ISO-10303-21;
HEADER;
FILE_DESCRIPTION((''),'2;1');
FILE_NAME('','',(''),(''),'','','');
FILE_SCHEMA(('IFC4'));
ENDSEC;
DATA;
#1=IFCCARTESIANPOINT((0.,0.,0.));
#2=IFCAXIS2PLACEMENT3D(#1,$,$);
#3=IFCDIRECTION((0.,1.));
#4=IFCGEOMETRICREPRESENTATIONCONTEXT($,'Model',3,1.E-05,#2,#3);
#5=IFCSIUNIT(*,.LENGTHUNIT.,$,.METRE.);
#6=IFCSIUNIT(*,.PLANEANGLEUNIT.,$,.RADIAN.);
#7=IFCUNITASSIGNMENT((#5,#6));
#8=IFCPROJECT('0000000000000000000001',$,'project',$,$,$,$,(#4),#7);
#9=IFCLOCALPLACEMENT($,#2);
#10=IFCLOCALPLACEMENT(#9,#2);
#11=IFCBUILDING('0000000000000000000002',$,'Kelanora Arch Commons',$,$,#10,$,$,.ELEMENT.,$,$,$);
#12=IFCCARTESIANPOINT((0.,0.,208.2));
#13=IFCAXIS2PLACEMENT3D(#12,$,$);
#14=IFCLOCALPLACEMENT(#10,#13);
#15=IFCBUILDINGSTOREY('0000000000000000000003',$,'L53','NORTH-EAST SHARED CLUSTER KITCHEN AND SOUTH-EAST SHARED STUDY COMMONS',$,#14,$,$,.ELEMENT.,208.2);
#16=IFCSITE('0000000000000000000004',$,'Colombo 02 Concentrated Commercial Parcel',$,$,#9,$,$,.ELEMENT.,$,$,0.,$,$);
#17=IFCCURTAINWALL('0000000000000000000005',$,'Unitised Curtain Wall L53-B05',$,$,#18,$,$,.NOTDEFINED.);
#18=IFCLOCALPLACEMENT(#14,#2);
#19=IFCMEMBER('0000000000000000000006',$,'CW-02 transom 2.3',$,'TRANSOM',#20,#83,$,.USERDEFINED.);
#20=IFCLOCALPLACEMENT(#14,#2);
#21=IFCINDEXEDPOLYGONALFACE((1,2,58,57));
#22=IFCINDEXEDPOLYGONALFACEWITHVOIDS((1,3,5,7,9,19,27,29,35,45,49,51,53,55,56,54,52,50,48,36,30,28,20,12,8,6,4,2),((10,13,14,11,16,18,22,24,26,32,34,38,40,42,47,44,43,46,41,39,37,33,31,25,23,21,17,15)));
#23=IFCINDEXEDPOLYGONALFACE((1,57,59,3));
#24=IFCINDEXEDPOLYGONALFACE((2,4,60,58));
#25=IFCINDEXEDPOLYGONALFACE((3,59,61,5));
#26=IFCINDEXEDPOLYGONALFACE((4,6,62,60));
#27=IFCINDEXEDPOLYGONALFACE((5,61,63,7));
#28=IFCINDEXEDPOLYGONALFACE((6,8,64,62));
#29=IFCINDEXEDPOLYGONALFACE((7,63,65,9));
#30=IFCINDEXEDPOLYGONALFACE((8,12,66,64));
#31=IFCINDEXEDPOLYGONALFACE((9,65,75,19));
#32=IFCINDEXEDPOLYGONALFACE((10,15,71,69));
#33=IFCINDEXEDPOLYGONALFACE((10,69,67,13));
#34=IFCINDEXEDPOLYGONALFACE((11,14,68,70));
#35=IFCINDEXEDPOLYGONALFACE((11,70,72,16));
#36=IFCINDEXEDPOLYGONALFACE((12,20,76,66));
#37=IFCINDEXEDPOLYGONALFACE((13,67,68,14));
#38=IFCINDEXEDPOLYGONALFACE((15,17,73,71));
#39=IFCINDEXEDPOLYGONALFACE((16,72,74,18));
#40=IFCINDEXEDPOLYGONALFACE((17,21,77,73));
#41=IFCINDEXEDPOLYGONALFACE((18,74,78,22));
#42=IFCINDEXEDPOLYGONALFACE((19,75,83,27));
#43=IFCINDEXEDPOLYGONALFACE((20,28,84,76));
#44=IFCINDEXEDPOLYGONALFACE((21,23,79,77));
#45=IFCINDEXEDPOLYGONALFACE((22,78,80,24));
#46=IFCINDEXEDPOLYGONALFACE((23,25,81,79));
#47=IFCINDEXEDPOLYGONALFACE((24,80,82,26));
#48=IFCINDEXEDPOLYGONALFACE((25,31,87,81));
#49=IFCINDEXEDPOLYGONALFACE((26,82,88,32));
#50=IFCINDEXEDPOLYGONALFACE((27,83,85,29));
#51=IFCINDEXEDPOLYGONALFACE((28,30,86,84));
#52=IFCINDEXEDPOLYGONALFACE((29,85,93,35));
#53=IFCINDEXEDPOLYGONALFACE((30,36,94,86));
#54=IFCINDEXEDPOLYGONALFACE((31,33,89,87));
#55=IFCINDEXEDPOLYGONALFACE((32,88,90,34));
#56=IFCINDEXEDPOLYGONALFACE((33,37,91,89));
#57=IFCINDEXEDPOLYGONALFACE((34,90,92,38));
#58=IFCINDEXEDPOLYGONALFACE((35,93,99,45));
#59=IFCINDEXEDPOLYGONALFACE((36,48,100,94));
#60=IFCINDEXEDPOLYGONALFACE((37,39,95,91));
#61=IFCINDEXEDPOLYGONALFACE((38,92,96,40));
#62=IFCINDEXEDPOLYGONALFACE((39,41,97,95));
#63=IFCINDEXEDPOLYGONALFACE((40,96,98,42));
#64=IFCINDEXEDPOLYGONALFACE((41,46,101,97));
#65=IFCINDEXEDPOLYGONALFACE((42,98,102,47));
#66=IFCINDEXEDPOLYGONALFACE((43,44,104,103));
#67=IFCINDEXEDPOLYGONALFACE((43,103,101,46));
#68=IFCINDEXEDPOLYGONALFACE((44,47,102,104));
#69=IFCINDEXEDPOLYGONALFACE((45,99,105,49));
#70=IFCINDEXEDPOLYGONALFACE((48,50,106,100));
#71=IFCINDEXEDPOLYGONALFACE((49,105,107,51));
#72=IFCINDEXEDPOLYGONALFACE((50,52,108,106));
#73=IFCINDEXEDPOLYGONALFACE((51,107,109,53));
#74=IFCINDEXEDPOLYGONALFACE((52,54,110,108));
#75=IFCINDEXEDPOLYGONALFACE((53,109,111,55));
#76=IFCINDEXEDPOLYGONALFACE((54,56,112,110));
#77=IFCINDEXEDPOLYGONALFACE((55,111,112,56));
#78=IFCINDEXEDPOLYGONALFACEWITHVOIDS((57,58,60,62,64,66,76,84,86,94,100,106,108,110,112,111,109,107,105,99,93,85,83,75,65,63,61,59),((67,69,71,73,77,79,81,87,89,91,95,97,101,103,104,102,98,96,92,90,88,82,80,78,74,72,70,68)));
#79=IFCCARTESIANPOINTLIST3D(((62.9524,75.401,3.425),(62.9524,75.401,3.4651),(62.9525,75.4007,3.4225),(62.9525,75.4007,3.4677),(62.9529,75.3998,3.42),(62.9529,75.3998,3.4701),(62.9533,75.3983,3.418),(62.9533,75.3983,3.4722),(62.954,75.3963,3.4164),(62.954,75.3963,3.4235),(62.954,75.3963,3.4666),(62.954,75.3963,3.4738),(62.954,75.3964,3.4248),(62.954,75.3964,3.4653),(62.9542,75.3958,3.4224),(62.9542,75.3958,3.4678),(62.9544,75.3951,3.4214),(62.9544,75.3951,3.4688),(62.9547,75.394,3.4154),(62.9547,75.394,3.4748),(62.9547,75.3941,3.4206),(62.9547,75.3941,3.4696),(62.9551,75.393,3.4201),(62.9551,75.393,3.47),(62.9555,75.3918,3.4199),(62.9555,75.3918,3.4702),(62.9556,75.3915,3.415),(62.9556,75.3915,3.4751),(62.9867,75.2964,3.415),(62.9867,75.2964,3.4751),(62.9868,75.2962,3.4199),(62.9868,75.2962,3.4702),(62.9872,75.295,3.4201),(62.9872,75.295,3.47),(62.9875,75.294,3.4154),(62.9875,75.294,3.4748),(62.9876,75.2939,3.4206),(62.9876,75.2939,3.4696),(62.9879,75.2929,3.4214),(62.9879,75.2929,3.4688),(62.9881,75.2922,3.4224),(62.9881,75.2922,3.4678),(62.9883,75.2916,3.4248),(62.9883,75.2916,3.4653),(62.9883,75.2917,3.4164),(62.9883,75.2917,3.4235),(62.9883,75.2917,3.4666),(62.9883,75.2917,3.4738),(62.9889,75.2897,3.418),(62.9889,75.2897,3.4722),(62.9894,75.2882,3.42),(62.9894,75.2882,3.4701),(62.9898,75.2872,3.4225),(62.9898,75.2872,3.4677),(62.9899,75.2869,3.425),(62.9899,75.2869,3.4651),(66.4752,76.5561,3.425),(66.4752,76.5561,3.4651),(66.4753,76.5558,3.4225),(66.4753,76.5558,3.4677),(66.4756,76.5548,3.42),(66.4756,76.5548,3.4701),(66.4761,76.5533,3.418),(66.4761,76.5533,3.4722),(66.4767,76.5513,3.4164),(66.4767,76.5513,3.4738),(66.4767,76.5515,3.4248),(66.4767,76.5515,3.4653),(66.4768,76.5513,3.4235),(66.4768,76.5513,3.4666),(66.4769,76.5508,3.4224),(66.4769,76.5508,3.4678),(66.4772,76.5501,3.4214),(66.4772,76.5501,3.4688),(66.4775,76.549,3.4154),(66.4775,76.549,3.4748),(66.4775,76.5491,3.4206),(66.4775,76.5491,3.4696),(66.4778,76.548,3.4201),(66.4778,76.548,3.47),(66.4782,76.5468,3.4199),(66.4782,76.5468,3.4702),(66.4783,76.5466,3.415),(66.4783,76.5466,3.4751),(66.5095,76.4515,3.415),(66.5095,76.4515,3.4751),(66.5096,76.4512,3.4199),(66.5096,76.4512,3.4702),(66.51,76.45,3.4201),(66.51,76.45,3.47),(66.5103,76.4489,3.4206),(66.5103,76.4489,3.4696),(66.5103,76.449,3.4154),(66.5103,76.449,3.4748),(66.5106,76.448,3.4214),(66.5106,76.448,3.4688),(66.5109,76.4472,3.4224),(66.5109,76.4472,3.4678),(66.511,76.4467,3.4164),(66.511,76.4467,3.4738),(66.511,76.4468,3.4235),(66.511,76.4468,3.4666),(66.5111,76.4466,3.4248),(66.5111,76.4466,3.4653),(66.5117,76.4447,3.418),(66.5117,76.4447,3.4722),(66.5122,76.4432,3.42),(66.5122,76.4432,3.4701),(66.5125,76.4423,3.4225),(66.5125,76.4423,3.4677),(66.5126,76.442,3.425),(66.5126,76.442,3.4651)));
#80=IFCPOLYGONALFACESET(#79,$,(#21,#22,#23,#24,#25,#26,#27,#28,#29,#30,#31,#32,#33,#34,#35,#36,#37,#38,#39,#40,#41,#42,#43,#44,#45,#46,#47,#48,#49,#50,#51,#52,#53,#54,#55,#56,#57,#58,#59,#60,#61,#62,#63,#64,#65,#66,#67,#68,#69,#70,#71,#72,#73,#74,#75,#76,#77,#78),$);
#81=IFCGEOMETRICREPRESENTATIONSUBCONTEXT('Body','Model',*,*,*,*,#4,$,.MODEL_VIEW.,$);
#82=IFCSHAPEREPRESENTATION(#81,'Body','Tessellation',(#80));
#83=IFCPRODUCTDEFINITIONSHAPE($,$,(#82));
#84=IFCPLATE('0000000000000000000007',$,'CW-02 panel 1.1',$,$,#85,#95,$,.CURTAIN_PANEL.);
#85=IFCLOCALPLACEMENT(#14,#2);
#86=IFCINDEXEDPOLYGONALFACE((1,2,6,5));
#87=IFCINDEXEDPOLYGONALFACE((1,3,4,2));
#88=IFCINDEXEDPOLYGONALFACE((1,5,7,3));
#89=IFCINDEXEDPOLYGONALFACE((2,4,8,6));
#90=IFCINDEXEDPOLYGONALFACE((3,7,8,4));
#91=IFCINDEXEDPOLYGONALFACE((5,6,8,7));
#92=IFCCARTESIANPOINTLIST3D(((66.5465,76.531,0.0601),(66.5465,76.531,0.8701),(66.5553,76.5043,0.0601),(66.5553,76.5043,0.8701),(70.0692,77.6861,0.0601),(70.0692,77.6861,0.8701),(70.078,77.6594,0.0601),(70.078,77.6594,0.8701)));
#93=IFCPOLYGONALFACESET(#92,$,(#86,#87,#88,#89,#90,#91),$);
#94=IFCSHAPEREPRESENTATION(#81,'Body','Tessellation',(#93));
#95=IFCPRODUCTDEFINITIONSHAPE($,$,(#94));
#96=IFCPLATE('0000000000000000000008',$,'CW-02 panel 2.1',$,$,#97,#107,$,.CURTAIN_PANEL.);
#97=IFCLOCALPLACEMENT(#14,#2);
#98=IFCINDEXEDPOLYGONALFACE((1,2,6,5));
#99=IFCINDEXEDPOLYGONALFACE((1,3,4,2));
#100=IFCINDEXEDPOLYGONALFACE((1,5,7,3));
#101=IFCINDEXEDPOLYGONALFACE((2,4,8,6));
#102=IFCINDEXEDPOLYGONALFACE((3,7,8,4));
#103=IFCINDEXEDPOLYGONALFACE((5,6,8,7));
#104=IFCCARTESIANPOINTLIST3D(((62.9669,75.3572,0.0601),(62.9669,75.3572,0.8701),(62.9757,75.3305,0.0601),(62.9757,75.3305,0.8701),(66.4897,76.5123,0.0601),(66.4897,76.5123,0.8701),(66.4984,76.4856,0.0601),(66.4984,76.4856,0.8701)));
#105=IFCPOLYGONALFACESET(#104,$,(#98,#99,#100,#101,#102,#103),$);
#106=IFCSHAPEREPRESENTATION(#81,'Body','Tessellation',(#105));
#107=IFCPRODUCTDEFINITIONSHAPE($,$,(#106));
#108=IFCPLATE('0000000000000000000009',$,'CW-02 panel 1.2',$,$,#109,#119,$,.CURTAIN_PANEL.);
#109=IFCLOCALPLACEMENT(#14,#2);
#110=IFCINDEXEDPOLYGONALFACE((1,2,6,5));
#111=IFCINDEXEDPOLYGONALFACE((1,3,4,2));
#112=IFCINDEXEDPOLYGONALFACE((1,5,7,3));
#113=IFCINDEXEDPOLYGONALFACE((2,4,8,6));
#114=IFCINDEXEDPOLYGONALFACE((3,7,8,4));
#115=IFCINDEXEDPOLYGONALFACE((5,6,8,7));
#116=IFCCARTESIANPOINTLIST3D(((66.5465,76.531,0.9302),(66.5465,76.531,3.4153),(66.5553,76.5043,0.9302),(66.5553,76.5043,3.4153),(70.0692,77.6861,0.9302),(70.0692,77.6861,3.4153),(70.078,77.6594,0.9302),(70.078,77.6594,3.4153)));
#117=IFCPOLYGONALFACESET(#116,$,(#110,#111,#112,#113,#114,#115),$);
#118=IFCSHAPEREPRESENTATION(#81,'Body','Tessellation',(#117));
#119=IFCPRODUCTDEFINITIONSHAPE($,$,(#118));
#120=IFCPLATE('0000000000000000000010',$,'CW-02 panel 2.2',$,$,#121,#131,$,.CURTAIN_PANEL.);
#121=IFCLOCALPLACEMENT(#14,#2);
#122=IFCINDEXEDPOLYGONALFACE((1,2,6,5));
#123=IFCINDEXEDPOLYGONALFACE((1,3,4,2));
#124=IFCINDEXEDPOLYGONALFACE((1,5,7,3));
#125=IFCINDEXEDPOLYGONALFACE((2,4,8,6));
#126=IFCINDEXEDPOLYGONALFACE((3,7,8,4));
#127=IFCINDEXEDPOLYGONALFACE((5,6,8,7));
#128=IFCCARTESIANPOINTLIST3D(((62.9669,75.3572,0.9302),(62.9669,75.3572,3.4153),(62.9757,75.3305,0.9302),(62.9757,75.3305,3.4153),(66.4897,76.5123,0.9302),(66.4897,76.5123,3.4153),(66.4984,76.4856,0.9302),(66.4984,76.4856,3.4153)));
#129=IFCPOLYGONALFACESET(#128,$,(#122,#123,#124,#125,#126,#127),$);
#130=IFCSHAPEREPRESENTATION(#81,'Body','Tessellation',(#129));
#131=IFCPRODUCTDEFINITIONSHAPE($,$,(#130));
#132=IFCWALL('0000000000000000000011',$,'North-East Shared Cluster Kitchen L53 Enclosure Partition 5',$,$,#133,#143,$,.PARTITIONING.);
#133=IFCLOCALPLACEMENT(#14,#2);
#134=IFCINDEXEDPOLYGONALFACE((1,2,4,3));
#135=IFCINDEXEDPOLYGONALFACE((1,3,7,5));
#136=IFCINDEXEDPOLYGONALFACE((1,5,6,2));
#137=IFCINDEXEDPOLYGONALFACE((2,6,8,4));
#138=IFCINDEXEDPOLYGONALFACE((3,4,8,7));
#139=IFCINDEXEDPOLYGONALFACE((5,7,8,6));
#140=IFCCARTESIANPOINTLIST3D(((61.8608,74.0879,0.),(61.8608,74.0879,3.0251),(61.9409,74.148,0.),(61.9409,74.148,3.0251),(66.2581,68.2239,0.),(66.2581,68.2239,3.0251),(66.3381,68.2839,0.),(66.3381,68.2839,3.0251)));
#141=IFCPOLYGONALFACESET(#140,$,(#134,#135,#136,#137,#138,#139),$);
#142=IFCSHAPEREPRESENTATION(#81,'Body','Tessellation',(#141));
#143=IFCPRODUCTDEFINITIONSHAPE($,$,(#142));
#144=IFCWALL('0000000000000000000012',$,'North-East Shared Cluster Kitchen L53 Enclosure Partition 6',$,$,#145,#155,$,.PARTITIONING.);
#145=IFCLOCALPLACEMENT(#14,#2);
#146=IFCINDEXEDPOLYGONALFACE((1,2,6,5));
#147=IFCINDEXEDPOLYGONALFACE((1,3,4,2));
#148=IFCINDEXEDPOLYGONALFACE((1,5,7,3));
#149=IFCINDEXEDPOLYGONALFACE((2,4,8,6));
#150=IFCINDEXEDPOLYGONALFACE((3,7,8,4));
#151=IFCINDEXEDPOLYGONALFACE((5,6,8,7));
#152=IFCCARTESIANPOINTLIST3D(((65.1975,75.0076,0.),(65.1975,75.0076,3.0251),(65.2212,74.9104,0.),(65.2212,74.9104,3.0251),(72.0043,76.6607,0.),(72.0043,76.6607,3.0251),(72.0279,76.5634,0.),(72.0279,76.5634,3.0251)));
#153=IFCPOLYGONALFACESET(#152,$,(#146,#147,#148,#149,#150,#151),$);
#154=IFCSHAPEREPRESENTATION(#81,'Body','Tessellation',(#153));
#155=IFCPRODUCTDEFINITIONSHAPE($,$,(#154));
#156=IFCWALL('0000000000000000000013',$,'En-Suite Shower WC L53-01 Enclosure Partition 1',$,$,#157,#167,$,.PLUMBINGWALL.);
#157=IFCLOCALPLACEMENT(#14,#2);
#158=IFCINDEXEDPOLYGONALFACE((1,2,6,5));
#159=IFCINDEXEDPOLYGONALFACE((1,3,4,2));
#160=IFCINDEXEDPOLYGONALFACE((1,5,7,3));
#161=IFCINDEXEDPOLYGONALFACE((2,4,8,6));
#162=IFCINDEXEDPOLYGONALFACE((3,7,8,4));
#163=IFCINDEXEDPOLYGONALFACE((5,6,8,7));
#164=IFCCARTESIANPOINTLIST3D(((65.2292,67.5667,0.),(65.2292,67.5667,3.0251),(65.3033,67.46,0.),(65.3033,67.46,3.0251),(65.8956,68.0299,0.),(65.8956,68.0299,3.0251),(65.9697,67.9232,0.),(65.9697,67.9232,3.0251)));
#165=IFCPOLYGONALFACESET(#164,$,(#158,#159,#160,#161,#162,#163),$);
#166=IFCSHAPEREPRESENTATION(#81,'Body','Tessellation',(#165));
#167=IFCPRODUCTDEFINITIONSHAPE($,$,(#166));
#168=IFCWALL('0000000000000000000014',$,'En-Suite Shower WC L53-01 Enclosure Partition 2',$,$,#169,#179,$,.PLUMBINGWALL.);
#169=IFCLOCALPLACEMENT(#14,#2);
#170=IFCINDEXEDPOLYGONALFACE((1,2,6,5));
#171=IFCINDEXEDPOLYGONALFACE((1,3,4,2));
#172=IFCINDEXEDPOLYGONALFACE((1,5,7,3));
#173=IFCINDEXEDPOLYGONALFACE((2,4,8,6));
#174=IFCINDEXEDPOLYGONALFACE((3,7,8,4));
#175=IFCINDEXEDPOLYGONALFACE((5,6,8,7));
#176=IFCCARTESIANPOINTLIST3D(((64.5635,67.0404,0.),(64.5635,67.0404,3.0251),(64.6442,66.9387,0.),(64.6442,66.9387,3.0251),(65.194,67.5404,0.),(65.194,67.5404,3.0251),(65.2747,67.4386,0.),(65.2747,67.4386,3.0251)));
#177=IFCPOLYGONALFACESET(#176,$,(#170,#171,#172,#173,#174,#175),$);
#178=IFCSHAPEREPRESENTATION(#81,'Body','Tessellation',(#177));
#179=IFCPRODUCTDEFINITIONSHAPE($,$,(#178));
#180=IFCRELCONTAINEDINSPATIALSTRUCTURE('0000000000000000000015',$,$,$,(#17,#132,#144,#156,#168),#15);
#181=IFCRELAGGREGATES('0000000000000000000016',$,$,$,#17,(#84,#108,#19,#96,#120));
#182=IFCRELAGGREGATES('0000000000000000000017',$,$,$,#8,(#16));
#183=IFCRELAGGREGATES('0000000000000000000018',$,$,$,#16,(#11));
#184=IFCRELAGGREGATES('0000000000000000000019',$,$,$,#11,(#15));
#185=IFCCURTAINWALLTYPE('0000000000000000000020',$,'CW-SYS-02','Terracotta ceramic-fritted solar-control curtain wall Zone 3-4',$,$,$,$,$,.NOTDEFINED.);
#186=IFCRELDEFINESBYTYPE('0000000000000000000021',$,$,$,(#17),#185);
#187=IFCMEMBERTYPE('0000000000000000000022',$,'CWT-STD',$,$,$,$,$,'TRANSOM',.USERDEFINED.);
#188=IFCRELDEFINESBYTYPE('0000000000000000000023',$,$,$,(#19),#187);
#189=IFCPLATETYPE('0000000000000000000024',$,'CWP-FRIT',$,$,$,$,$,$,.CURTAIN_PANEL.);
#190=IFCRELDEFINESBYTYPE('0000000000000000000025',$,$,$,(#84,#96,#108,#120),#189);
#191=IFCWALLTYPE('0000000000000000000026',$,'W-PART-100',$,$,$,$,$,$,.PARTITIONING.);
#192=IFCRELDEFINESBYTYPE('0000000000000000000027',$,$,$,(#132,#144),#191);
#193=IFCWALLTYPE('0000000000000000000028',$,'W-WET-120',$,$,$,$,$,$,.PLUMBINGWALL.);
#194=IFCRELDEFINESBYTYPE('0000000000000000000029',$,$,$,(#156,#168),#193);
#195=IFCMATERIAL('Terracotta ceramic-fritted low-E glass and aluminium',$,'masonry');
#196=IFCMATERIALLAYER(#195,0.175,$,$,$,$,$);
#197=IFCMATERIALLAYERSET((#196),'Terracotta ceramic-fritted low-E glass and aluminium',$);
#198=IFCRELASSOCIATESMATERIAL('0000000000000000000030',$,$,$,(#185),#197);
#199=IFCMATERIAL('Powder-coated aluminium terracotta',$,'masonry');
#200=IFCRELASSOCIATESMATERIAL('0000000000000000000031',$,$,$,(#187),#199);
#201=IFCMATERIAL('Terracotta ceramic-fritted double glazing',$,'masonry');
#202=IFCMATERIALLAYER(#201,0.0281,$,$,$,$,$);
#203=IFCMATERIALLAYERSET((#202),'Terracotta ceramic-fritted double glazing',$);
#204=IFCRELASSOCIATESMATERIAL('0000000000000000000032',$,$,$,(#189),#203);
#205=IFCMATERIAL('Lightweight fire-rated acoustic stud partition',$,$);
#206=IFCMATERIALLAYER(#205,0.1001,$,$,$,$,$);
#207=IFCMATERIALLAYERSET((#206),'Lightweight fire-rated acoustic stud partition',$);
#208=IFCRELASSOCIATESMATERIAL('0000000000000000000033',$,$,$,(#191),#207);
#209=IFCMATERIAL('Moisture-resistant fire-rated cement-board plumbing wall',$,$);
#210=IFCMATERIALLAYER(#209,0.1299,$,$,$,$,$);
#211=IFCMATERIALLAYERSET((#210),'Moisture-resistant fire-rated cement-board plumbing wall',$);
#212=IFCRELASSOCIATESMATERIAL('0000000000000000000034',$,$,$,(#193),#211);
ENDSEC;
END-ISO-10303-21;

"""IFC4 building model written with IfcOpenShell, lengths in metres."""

from ifc_helpers import new_model, si_unit, direction, frame, frame_2d, origin, origin_2d, place, context, subcontext, project, spatial, rectangle, hollow_rectangle, extrude, source, transform, mapped, material, layer, layer_set, material_profile, profile_set, type_object, element, aggregate, save


model = new_model("IFC4")

# Units and contexts
model_context = context("Model", 3, precision=1e-05, world=origin(), true_north=direction((0.0, 1.0)))
body_context = subcontext(model_context, "Body", "Model", "MODEL_VIEW")
ifc_project = project(units=[si_unit("LENGTHUNIT", "METRE"), si_unit("PLANEANGLEUNIT", "RADIAN")], contexts=[model_context])

# Site, building, storey
site_placement = place(None, origin())
site = spatial("IfcSite", under=ifc_project, at=site_placement, Name="Colombo 02 Concentrated Commercial Parcel", CompositionType="ELEMENT", RefElevation=0.0)
building_placement = place(site_placement, origin())
building = spatial("IfcBuilding", under=site, at=building_placement, Name="Kelanora Arch Commons", CompositionType="ELEMENT")
storey_placement = place(building_placement, frame((0.0, 0.0, 208.2)))
storey = spatial("IfcBuildingStorey", under=building, at=storey_placement, Name="L53", Description="NORTH-EAST SHARED CLUSTER KITCHEN AND SOUTH-EAST SHARED STUDY COMMONS", CompositionType="ELEMENT", Elevation=208.2)

# Curtain wall, member, plates
ifc_material_1 = material(Name="Terracotta ceramic-fritted low-E glass and aluminium", Category="masonry")
ifc_layer_1 = layer(ifc_material_1, 0.175)
ifc_layer_set_1 = layer_set([ifc_layer_1], Name="Terracotta ceramic-fritted low-E glass and aluminium")
curtain_wall_type = type_object("IfcCurtainWallType", Name="CW-SYS-02", Description="Terracotta ceramic-fritted solar-control curtain wall Zone 3-4", PredefinedType="NOTDEFINED", material=ifc_layer_set_1)
curtain_wall_placement = place(storey_placement, origin())
curtain_wall = element("IfcCurtainWall", 1, at=curtain_wall_placement, inside=storey, type_object=curtain_wall_type, Name="Unitised Curtain Wall L53-B05", PredefinedType="NOTDEFINED")
ifc_material_2 = material(Name="Powder-coated aluminium terracotta", Category="masonry")
ifc_material_profile_1 = material_profile(ifc_material_2, hollow_rectangle(XDim=0.1201, YDim=0.0601, WallThickness=0.0049, InnerFilletRadius=0.0049, OuterFilletRadius=0.01, at=origin_2d()), Name="CWT120x60")
ifc_profile_set_1 = profile_set([ifc_material_profile_1], Name="Powder-coated aluminium terracotta")
member_type_1 = type_object("IfcMemberType", Name="CWT-STD", ElementType="TRANSOM", PredefinedType="USERDEFINED", material=ifc_profile_set_1)
member_1_placement = place(storey_placement, frame((66.4939, 76.499, 3.4451), z_axis=(-0.950226, -0.311561, 0.0), x_axis=(0.311561, -0.950226, 0.0)))
member_1 = element("IfcMember", 2, at=member_1_placement, type_object=member_type_1, Name="CW-02 transom 2.3", ObjectType="TRANSOM", PredefinedType="USERDEFINED", context=body_context, shape_type="SweptSolid", body=[
    extrude(hollow_rectangle(XDim=0.1201, YDim=0.0601, WallThickness=0.0049, InnerFilletRadius=0.0049, OuterFilletRadius=0.01, at=origin_2d()), origin(), (0.0, 0.0, 1.0), 3.7073),
])
ifc_material_3 = material(Name="Terracotta ceramic-fritted double glazing", Category="masonry")
ifc_layer_2 = layer(ifc_material_3, 0.0281)
ifc_layer_set_2 = layer_set([ifc_layer_2], Name="Terracotta ceramic-fritted double glazing")
plate_type = type_object("IfcPlateType", Name="CWP-FRIT", PredefinedType="CURTAIN_PANEL", material=ifc_layer_set_2)
shared_shape_1 = source(origin(), body_context, "Body", "SweptSolid", [
    extrude(rectangle(XDim=3.7073, YDim=0.0281, at=origin_2d()), origin(), (0.0, 0.0, 1.0), 0.8101),
])
plate_1_placement = place(storey_placement, frame((68.3123, 77.0952, 0.0601), z_axis=(0.0, 0.0, 1.0), x_axis=(-0.950219, -0.311582, 0.0)))
plate_1 = element("IfcPlate", 3, at=plate_1_placement, type_object=plate_type, Name="CW-02 panel 1.1", PredefinedType="CURTAIN_PANEL", context=body_context, shape_type="MappedRepresentation", body=[
    mapped(shared_shape_1, transform((0.0, 0.0, 0.0), scale=1.0)),
])
plate_2_placement = place(storey_placement, frame((64.7327, 75.9214, 0.0601), z_axis=(0.0, 0.0, 1.0), x_axis=(-0.950219, -0.311582, 0.0)))
plate_2 = element("IfcPlate", 4, at=plate_2_placement, type_object=plate_type, Name="CW-02 panel 2.1", PredefinedType="CURTAIN_PANEL", context=body_context, shape_type="MappedRepresentation", body=[
    mapped(shared_shape_1, transform((0.0, 0.0, 0.0), scale=1.0)),
])
shared_shape_2 = source(origin(), body_context, "Body", "SweptSolid", [
    extrude(rectangle(XDim=3.7073, YDim=0.0281, at=origin_2d()), origin(), (0.0, 0.0, 1.0), 2.4851),
])
plate_3_placement = place(storey_placement, frame((68.3123, 77.0952, 0.9302), z_axis=(0.0, 0.0, 1.0), x_axis=(-0.950219, -0.311582, 0.0)))
plate_3 = element("IfcPlate", 5, at=plate_3_placement, type_object=plate_type, Name="CW-02 panel 1.2", PredefinedType="CURTAIN_PANEL", context=body_context, shape_type="MappedRepresentation", body=[
    mapped(shared_shape_2, transform((0.0, 0.0, 0.0), scale=1.0)),
])
plate_4_placement = place(storey_placement, frame((64.7327, 75.9214, 0.9302), z_axis=(0.0, 0.0, 1.0), x_axis=(-0.950219, -0.311582, 0.0)))
plate_4 = element("IfcPlate", 6, at=plate_4_placement, type_object=plate_type, Name="CW-02 panel 2.2", PredefinedType="CURTAIN_PANEL", context=body_context, shape_type="MappedRepresentation", body=[
    mapped(shared_shape_2, transform((0.0, 0.0, 0.0), scale=1.0)),
])
aggregate(curtain_wall, [plate_1, plate_3, member_1, plate_2, plate_4])

# Walls
ifc_material_4 = material(Name="Lightweight fire-rated acoustic stud partition")
ifc_layer_3 = layer(ifc_material_4, 0.1001)
ifc_layer_set_3 = layer_set([ifc_layer_3], Name="Lightweight fire-rated acoustic stud partition")
wall_type_1 = type_object("IfcWallType", Name="W-PART-100", PredefinedType="PARTITIONING", material=ifc_layer_set_3)
wall_1_placement = place(storey_placement, frame((66.2981, 68.2539, 0.0), z_axis=(0.0, 0.0, 1.0), x_axis=(-0.599931, 0.800052, 0.0)))
element("IfcWall", 7, at=wall_1_placement, inside=storey, type_object=wall_type_1, Name="North-East Shared Cluster Kitchen L53 Enclosure Partition 5", PredefinedType="PARTITIONING", context=body_context, shape_type="SweptSolid", body=[
    extrude(rectangle(XDim=7.3296, YDim=0.1001, at=frame_2d((3.6648, 0.0))), origin(), (0.0, 0.0, 1.0), 3.0251),
])
wall_2_placement = place(storey_placement, frame((65.2092, 74.959, 0.0), z_axis=(0.0, 0.0, 1.0), x_axis=(0.971755, 0.235994, 0.0)))
element("IfcWall", 8, at=wall_2_placement, inside=storey, type_object=wall_type_1, Name="North-East Shared Cluster Kitchen L53 Enclosure Partition 6", PredefinedType="PARTITIONING", context=body_context, shape_type="SweptSolid", body=[
    extrude(rectangle(XDim=7.0046, YDim=0.1001, at=frame_2d((3.5024, 0.0))), origin(), (0.0, 0.0, 1.0), 3.0251),
])
ifc_material_5 = material(Name="Moisture-resistant fire-rated cement-board plumbing wall")
ifc_layer_4 = layer(ifc_material_5, 0.1299)
ifc_layer_set_4 = layer_set([ifc_layer_4], Name="Moisture-resistant fire-rated cement-board plumbing wall")
wall_type_2 = type_object("IfcWallType", Name="W-WET-120", PredefinedType="PLUMBINGWALL", material=ifc_layer_set_4)
wall_3_placement = place(storey_placement, frame((65.9326, 67.9766, 0.0), z_axis=(0.0, 0.0, 1.0), x_axis=(-0.821108, -0.570774, 0.0)))
element("IfcWall", 9, at=wall_3_placement, inside=storey, type_object=wall_type_2, Name="En-Suite Shower WC L53-01 Enclosure Partition 1", PredefinedType="PLUMBINGWALL", context=body_context, shape_type="SweptSolid", body=[
    extrude(rectangle(XDim=0.8115, YDim=0.1299, at=frame_2d((0.4058, 0.0))), origin(), (0.0, 0.0, 1.0), 3.0251),
])
wall_4_placement = place(storey_placement, frame((65.2344, 67.4895, 0.0), z_axis=(0.0, 0.0, 1.0), x_axis=(-0.783584, -0.621286, 0.0)))
element("IfcWall", 10, at=wall_4_placement, inside=storey, type_object=wall_type_2, Name="En-Suite Shower WC L53-01 Enclosure Partition 2", PredefinedType="PLUMBINGWALL", context=body_context, shape_type="SweptSolid", body=[
    extrude(rectangle(XDim=0.8047, YDim=0.1299, at=frame_2d((0.4023, 0.0))), origin(), (0.0, 0.0, 1.0), 3.0251),
])

save(model, "model.ifc")
